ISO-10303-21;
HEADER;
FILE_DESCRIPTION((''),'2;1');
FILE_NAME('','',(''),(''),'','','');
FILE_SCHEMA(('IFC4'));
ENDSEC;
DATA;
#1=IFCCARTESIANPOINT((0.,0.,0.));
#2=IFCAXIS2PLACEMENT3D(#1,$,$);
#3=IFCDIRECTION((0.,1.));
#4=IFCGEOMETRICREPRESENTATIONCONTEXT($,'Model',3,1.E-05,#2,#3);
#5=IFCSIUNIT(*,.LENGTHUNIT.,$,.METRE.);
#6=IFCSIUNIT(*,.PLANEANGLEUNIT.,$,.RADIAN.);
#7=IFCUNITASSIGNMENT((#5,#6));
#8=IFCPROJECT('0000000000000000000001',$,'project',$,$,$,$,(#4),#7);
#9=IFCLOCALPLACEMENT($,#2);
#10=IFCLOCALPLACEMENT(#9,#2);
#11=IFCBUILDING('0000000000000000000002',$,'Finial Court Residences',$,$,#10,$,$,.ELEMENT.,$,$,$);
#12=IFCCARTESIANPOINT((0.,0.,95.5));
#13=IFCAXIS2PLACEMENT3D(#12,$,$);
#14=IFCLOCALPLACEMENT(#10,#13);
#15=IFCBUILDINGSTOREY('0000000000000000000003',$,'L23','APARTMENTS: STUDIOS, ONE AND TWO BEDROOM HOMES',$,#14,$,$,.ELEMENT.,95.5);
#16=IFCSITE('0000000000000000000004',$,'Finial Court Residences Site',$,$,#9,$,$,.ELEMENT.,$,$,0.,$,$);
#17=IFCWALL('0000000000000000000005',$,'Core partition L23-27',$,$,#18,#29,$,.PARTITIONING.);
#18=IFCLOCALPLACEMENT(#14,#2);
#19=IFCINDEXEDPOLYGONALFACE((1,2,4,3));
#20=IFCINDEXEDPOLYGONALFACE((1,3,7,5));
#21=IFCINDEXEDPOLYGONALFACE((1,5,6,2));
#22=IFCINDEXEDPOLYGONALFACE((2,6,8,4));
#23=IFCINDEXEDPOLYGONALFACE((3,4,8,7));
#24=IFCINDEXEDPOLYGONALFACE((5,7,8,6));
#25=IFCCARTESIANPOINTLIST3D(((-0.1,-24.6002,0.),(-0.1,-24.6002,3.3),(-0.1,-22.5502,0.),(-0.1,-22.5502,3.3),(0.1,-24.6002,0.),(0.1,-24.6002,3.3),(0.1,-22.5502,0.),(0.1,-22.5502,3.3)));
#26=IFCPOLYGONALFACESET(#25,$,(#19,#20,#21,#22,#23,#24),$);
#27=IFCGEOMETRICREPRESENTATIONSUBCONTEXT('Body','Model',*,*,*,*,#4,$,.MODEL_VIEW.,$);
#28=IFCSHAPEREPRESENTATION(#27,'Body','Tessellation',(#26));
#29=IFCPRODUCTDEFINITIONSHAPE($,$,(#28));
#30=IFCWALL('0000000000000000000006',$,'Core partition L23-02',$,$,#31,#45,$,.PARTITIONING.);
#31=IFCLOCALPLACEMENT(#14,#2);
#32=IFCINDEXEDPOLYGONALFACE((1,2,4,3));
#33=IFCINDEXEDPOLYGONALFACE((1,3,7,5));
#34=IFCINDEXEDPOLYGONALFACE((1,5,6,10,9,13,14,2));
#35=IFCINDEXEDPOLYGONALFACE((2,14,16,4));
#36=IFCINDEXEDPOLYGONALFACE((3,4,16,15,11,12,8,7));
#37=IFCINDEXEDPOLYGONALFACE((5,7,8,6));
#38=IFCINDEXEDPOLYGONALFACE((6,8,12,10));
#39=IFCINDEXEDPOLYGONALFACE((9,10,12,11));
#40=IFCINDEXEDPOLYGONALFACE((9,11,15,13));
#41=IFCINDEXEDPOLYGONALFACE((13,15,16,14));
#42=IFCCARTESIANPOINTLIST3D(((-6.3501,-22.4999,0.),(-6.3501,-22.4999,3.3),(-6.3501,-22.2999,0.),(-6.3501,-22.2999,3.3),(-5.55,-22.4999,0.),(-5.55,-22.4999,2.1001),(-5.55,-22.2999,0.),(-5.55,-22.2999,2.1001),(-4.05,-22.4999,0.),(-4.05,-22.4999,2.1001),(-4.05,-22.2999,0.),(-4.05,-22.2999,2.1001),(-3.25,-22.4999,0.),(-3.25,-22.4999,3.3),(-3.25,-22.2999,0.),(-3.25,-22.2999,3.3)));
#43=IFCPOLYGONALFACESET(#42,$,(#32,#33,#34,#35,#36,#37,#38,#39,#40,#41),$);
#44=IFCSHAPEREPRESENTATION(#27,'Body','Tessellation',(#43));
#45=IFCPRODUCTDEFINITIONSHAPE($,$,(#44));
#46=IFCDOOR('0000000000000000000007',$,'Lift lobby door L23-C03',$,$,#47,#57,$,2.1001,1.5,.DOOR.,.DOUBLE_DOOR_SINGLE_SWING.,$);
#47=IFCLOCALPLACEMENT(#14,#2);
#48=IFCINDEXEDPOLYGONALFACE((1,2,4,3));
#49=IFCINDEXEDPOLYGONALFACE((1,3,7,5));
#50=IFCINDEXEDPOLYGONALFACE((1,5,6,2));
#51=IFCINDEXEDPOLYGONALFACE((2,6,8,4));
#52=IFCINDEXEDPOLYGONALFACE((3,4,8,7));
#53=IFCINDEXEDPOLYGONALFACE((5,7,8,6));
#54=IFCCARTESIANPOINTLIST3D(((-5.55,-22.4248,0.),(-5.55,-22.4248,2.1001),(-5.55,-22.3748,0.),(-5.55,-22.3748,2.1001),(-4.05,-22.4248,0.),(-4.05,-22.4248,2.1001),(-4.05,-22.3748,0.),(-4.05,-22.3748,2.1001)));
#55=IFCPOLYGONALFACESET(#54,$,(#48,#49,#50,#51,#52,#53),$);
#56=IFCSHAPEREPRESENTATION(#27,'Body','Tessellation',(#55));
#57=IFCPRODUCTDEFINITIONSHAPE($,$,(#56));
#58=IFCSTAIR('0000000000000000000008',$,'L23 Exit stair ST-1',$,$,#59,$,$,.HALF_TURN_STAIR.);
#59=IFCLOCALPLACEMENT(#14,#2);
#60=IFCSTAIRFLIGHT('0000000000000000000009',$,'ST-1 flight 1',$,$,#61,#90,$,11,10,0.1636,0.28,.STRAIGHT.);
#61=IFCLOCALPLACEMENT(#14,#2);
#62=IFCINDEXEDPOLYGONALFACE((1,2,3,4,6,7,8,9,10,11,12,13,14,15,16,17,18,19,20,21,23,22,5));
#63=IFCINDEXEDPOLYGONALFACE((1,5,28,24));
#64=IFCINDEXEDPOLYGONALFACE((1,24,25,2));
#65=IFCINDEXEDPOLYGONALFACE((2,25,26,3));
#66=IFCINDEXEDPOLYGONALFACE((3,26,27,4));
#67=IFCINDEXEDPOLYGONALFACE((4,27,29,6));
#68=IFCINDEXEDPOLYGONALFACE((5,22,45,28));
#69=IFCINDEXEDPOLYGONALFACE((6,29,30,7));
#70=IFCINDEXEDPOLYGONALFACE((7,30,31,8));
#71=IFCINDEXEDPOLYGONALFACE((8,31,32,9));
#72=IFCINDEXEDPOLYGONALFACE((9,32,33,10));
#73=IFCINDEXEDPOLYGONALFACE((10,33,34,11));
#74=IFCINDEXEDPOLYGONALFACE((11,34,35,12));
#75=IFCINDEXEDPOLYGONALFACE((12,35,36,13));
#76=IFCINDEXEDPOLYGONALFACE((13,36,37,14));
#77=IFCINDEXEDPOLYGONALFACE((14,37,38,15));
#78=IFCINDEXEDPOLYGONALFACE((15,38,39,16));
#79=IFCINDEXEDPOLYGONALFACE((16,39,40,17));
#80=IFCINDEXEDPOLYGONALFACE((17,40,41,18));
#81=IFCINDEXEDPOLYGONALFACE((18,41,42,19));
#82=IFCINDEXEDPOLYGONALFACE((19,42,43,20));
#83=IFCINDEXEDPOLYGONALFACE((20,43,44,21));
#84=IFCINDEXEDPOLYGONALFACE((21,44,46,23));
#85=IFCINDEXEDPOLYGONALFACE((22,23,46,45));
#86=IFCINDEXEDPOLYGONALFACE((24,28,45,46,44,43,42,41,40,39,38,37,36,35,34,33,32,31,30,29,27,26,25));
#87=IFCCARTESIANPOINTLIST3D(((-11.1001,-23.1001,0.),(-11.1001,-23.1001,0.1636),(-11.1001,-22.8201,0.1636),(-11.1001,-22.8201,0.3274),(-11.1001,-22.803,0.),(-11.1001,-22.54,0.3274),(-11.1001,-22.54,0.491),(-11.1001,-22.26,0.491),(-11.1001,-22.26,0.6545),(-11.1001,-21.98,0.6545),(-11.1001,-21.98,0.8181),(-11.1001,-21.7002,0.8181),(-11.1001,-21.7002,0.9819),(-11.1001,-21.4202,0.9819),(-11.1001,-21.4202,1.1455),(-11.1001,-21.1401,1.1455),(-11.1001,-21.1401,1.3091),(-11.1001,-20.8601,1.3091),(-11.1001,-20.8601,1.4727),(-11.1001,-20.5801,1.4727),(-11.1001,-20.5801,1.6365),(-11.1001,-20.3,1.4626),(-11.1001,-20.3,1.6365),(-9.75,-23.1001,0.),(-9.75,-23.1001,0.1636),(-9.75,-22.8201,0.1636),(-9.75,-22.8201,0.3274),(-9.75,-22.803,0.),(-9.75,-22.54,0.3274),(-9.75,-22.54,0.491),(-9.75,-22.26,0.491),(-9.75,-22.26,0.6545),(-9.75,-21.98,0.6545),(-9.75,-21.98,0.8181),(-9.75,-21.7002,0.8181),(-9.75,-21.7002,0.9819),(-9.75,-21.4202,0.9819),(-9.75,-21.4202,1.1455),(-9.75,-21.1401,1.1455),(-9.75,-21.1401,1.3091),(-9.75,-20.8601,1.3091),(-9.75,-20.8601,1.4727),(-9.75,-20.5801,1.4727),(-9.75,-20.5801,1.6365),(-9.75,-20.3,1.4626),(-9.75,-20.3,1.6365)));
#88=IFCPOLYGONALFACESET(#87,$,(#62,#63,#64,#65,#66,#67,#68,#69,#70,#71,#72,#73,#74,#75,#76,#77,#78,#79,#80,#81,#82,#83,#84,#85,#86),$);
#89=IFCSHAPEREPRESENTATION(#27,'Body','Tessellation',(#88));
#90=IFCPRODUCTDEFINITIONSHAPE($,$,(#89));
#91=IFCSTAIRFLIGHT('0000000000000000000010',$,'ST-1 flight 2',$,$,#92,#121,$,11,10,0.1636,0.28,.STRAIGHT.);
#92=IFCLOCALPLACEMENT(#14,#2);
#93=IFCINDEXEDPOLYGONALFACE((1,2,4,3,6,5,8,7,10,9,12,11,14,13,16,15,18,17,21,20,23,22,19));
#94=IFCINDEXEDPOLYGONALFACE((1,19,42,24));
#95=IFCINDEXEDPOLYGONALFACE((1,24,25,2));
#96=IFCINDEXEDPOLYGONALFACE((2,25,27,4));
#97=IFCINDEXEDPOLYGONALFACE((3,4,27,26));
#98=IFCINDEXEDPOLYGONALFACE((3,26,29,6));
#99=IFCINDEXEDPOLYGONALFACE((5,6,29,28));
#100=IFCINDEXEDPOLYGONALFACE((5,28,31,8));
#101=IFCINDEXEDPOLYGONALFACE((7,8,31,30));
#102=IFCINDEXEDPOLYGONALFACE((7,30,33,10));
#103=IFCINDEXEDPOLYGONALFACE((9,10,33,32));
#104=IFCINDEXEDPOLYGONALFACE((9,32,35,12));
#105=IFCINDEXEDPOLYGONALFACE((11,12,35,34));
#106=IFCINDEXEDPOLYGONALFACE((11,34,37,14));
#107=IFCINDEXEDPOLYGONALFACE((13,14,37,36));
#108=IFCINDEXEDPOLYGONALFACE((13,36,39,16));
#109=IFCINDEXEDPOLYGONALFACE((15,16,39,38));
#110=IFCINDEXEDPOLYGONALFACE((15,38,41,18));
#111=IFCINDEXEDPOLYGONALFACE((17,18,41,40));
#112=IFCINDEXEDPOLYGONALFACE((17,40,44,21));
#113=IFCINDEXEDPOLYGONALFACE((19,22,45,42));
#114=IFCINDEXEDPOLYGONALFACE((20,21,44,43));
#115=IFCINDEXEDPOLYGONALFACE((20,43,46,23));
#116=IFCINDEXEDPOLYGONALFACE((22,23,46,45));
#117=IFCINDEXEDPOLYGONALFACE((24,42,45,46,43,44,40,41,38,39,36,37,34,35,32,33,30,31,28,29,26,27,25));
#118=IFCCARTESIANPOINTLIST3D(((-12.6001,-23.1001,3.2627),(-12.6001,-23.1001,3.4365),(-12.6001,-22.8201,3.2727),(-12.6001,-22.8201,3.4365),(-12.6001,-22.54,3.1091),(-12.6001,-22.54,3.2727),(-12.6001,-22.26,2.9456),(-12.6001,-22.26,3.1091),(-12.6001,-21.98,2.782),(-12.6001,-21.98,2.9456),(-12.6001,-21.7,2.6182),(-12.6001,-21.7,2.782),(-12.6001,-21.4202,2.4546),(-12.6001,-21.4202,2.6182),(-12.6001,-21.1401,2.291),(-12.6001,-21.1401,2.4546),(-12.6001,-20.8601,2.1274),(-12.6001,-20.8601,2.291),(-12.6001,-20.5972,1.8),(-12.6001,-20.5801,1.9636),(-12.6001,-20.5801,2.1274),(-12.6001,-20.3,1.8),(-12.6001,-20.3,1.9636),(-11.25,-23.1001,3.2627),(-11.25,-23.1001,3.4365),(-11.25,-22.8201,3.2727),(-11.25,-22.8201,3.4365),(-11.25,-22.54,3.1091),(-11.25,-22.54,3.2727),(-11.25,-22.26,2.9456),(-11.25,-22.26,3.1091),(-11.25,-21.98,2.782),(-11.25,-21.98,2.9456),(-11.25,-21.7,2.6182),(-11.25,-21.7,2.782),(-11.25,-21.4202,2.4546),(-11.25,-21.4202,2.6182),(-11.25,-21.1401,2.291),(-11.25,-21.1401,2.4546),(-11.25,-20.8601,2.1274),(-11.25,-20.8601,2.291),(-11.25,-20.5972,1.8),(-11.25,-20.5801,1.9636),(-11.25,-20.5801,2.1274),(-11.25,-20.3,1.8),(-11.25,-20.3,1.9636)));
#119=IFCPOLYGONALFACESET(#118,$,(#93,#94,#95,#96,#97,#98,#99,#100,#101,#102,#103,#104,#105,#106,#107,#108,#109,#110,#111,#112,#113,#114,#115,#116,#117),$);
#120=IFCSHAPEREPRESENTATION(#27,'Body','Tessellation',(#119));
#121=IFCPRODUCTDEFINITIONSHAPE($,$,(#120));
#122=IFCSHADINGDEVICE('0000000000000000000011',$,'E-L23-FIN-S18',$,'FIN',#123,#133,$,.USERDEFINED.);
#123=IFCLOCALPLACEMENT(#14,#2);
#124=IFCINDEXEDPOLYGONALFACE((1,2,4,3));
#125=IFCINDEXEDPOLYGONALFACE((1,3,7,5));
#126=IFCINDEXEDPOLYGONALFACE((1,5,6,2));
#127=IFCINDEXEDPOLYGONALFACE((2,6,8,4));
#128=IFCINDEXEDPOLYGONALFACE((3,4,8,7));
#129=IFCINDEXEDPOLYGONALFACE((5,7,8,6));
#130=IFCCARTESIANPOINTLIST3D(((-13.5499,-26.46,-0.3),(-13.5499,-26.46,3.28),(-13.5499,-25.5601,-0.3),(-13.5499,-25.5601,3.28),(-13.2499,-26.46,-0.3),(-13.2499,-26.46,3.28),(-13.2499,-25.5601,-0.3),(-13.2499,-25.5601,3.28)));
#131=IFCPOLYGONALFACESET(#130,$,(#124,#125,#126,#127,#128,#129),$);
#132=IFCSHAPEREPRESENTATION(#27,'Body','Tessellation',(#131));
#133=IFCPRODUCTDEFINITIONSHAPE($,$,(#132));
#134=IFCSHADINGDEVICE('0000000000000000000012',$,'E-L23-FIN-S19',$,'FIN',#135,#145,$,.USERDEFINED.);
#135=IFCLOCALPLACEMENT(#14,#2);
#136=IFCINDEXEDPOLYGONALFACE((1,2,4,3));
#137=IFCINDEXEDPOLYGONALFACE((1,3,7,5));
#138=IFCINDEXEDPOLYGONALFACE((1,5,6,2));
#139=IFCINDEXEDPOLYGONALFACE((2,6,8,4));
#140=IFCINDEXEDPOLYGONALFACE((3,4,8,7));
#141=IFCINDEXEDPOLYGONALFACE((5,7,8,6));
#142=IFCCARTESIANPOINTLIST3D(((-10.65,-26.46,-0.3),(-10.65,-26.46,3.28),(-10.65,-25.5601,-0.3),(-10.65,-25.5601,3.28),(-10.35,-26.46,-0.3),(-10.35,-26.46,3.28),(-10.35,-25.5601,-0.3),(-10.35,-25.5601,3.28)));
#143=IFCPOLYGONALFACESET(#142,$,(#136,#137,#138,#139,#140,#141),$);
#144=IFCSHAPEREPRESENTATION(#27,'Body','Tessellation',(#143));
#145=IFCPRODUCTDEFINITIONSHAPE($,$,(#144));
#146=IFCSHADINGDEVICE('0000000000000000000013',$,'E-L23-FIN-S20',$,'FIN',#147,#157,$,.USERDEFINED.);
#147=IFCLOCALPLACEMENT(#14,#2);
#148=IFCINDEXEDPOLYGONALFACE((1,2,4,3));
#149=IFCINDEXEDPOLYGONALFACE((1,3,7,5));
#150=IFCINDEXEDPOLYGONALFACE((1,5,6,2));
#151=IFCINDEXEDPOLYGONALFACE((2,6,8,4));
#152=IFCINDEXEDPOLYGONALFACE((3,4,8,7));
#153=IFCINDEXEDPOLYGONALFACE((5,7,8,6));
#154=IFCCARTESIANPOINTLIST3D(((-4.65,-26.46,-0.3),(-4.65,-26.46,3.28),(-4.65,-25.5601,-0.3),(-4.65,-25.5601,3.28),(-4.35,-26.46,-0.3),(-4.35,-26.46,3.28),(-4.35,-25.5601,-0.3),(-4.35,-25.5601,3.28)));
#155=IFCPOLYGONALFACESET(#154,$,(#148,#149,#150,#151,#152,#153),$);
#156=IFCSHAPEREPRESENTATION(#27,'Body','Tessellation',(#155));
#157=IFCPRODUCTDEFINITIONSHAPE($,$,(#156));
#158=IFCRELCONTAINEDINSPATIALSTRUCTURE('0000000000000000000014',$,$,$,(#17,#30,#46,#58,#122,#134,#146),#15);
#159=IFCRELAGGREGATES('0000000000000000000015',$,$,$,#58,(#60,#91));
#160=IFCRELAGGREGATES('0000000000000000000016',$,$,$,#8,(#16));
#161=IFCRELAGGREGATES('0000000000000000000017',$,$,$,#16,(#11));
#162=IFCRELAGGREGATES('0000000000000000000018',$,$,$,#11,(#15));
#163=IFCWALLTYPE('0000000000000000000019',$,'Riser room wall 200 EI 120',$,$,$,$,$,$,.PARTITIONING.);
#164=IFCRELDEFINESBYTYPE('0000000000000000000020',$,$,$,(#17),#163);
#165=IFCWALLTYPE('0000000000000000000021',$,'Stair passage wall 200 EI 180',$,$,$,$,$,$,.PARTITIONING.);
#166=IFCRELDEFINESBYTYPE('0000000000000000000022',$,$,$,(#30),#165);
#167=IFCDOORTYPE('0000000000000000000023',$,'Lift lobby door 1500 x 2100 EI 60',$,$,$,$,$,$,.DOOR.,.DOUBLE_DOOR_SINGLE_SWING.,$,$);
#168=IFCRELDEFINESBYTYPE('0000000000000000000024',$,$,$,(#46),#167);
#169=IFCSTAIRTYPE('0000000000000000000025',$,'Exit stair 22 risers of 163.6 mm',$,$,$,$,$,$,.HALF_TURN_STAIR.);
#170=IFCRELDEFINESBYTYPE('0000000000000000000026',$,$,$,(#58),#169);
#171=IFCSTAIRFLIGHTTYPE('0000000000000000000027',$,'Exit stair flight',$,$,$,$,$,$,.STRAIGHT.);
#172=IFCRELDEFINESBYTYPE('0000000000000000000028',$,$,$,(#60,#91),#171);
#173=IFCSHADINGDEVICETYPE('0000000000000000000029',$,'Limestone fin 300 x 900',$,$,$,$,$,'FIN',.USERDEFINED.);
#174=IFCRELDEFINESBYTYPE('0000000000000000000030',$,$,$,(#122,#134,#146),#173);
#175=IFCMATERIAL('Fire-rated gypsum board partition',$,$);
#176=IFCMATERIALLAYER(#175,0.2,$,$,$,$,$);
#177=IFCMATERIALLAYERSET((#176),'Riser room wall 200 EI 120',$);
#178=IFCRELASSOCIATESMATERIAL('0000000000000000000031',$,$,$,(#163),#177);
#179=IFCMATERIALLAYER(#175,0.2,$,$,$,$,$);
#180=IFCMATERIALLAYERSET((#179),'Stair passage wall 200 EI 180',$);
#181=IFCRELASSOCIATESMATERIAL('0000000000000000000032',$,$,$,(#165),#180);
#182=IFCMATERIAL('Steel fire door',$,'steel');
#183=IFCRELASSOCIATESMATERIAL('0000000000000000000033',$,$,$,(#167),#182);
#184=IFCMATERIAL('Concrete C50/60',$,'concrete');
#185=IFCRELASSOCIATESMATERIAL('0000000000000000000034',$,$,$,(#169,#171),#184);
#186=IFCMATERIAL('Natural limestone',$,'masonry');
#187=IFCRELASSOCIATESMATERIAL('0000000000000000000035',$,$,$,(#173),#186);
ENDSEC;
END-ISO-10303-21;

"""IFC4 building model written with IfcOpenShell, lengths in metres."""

from ifc_helpers import new_model, si_unit, direction, frame, frame_2d, origin, origin_2d, place, context, subcontext, project, spatial, polyline, rectangle, outline, extrude, material, layer, layer_set, type_object, element, fill, aggregate, save


model = new_model("IFC4")

# Units and contexts
model_context = context("Model", 3, precision=1e-05, world=origin(), true_north=direction((0.0, 1.0)))
body_context = subcontext(model_context, "Body", "Model", "MODEL_VIEW")
ifc_project = project(units=[si_unit("LENGTHUNIT", "METRE"), si_unit("PLANEANGLEUNIT", "RADIAN")], contexts=[model_context])

# Site, building, storey
site_placement = place(None, origin())
site = spatial("IfcSite", under=ifc_project, at=site_placement, Name="Finial Court Residences Site", CompositionType="ELEMENT", RefElevation=0.0)
building_placement = place(site_placement, origin())
building = spatial("IfcBuilding", under=site, at=building_placement, Name="Finial Court Residences", CompositionType="ELEMENT")
storey_placement = place(building_placement, frame((0.0, 0.0, 95.5)))
storey = spatial("IfcBuildingStorey", under=building, at=storey_placement, Name="L23", Description="APARTMENTS: STUDIOS, ONE AND TWO BEDROOM HOMES", CompositionType="ELEMENT", Elevation=95.5)

# Shared definitions
ifc_material_1 = material(Name="Steel fire door", Category="steel")

# Wall
ifc_material_2 = material(Name="Fire-rated gypsum board partition")
ifc_layer_1 = layer(ifc_material_2, 0.2)
ifc_layer_set_1 = layer_set([ifc_layer_1], Name="Riser room wall 200 EI 120")
wall_type_1 = type_object("IfcWallType", Name="Riser room wall 200 EI 120", PredefinedType="PARTITIONING", material=ifc_layer_set_1)
wall_1_placement = place(storey_placement, frame((0.0, -24.6001, 0.0), z_axis=(0.0, 0.0, 1.0), x_axis=(0.0, 1.0, 0.0)))
element("IfcWall", 1, at=wall_1_placement, inside=storey, type_object=wall_type_1, Name="Core partition L23-27", PredefinedType="PARTITIONING", context=body_context, shape_type="SweptSolid", body=[
    extrude(rectangle(XDim=2.05, YDim=0.2, at=frame_2d((1.0249, 0.0))), origin(), (0.0, 0.0, 1.0), 3.3),
])

# Wall, opening, door
ifc_layer_2 = layer(ifc_material_2, 0.2)
ifc_layer_set_2 = layer_set([ifc_layer_2], Name="Stair passage wall 200 EI 180")
wall_type_2 = type_object("IfcWallType", Name="Stair passage wall 200 EI 180", PredefinedType="PARTITIONING", material=ifc_layer_set_2)
wall_2_placement = place(storey_placement, frame((-3.25, -22.3999, 0.0), z_axis=(0.0, 0.0, 1.0), x_axis=(-1.0, 0.0, 0.0)))
wall_2 = element("IfcWall", 2, at=wall_2_placement, inside=storey, type_object=wall_type_2, Name="Core partition L23-02", PredefinedType="PARTITIONING", context=body_context, shape_type="SweptSolid", body=[
    extrude(rectangle(XDim=3.1001, YDim=0.2, at=frame_2d((1.55, 0.0))), origin(), (0.0, 0.0, 1.0), 3.3),
])
opening_1_placement = place(wall_2_placement, frame((0.8, 0.0, 0.0)))
opening_1 = element("IfcOpeningElement", 3, at=opening_1_placement, cuts=wall_2, PredefinedType="OPENING", context=body_context, shape_type="SweptSolid", body=[
    extrude(rectangle(XDim=1.5, YDim=2.1001, at=frame_2d((0.75, 1.05))), frame((0.0, 0.1099, 0.0), z_axis=(0.0, -1.0, 0.0), x_axis=(1.0, 0.0, 0.0)), (0.0, 0.0, 1.0), 0.22),
])
door_type_1 = type_object("IfcDoorType", Name="Lift lobby door 1500 x 2100 EI 60", OperationType="DOUBLE_DOOR_SINGLE_SWING", PredefinedType="DOOR", material=ifc_material_1)
door_1_placement = place(opening_1_placement, origin())
door_1 = element("IfcDoor", 4, at=door_1_placement, inside=storey, type_object=door_type_1, Name="Lift lobby door L23-C03", OperationType="DOUBLE_DOOR_SINGLE_SWING", OverallHeight=2.1001, OverallWidth=1.5, PredefinedType="DOOR", context=body_context, shape_type="SweptSolid", body=[
    extrude(rectangle(XDim=1.5, YDim=2.1001, at=frame_2d((0.75, 1.05))), frame((0.0, 0.0249, 0.0), z_axis=(0.0, -1.0, 0.0), x_axis=(1.0, 0.0, 0.0)), (0.0, 0.0, 1.0), 0.05),
])
fill(opening_1, door_1)

# Stair, stair flights
ifc_material_3 = material(Name="Concrete C50/60", Category="concrete")
stair_type = type_object("IfcStairType", Name="Exit stair 22 risers of 163.6 mm", PredefinedType="HALF_TURN_STAIR", material=ifc_material_3)
stair_placement = place(storey_placement, origin())
stair = element("IfcStair", 5, at=stair_placement, inside=storey, type_object=stair_type, Name="L23 Exit stair ST-1", PredefinedType="HALF_TURN_STAIR")
stair_flight_type = type_object("IfcStairFlightType", Name="Exit stair flight", PredefinedType="STRAIGHT", material=ifc_material_3)
stair_flight_1_placement = place(storey_placement, frame((-10.425, -23.1001, 0.0), z_axis=(0.0, 0.0, 1.0), x_axis=(0.0, 1.0, 0.0)))
stair_flight_1 = element("IfcStairFlight", 6, at=stair_flight_1_placement, type_object=stair_flight_type, Name="ST-1 flight 1", NumberOfRisers=11, NumberOfTreads=10, PredefinedType="STRAIGHT", RiserHeight=0.1636, TreadLength=0.28, context=body_context, shape_type="SweptSolid", body=[
    extrude(outline(polyline([(0.0, 0.0), (0.0, 0.1636), (0.28, 0.1636), (0.28, 0.3274), (0.5601, 0.3274), (0.5601, 0.491), (0.8401, 0.491), (0.8401, 0.6545), (1.1201, 0.6545), (1.1201, 0.8181), (1.3999, 0.8181), (1.3999, 0.9819), (1.6799, 0.9819), (1.6799, 1.1455), (1.96, 1.1455), (1.96, 1.3091), (2.24, 1.3091), (2.24, 1.4727), (2.52, 1.4727), (2.52, 1.6365), (2.8, 1.6365), (2.8, 1.8), (2.8, 1.4626), (0.2971, 0.0), (0.0, 0.0)])), frame((0.0, 0.675, 0.0), z_axis=(0.0, -1.0, 0.0), x_axis=(1.0, 0.0, 0.0)), (0.0, 0.0, 1.0), 1.3501),
])
stair_flight_2_placement = place(storey_placement, frame((-11.925, -20.3, 1.8), z_axis=(0.0, 0.0, 1.0), x_axis=(0.0, -1.0, 0.0)))
stair_flight_2 = element("IfcStairFlight", 7, at=stair_flight_2_placement, type_object=stair_flight_type, Name="ST-1 flight 2", NumberOfRisers=11, NumberOfTreads=10, PredefinedType="STRAIGHT", RiserHeight=0.1636, TreadLength=0.28, context=body_context, shape_type="SweptSolid", body=[
    extrude(outline(polyline([(0.0, 0.0), (0.0, 0.1636), (0.28, 0.1636), (0.28, 0.3274), (0.5601, 0.3274), (0.5601, 0.491), (0.8401, 0.491), (0.8401, 0.6545), (1.1201, 0.6545), (1.1201, 0.8181), (1.3999, 0.8181), (1.3999, 0.9819), (1.6799, 0.9819), (1.6799, 1.1455), (1.96, 1.1455), (1.96, 1.3091), (2.24, 1.3091), (2.24, 1.4727), (2.52, 1.4727), (2.52, 1.6365), (2.8, 1.6365), (2.8, 1.8), (2.8, 1.4626), (0.2971, 0.0), (0.0, 0.0)])), frame((0.0, 0.675, 0.0), z_axis=(0.0, -1.0, 0.0), x_axis=(1.0, 0.0, 0.0)), (0.0, 0.0, 1.0), 1.3501),
])
aggregate(stair, [stair_flight_1, stair_flight_2])

# Shading devices
ifc_material_4 = material(Name="Natural limestone", Category="masonry")
shading_device_type = type_object("IfcShadingDeviceType", Name="Limestone fin 300 x 900", ElementType="FIN", PredefinedType="USERDEFINED", material=ifc_material_4)
for number, where, z_axis, x_axis, name in (
    (8, (-13.3999, -26.01, -0.3), (0.0, 0.0, 1.0), (1.0, 0.0, 0.0), "E-L23-FIN-S18"),
    (9, (-10.5, -26.01, -0.3), (0.0, 0.0, 1.0), (1.0, 0.0, 0.0), "E-L23-FIN-S19"),
    (10, (-4.5, -26.01, -0.3), (0.0, 0.0, 1.0), (1.0, 0.0, 0.0), "E-L23-FIN-S20"),
):
    element("IfcShadingDevice", number, at=place(storey_placement, frame(where, z_axis=z_axis, x_axis=x_axis)), inside=storey, type_object=shading_device_type, Name=name, ObjectType="FIN", PredefinedType="USERDEFINED", context=body_context, shape_type="SweptSolid", body=[
        extrude(rectangle(XDim=0.3, YDim=0.8999, at=origin_2d()), origin(), (0.0, 0.0, 1.0), 3.5801),
    ])

save(model, "model.ifc")
